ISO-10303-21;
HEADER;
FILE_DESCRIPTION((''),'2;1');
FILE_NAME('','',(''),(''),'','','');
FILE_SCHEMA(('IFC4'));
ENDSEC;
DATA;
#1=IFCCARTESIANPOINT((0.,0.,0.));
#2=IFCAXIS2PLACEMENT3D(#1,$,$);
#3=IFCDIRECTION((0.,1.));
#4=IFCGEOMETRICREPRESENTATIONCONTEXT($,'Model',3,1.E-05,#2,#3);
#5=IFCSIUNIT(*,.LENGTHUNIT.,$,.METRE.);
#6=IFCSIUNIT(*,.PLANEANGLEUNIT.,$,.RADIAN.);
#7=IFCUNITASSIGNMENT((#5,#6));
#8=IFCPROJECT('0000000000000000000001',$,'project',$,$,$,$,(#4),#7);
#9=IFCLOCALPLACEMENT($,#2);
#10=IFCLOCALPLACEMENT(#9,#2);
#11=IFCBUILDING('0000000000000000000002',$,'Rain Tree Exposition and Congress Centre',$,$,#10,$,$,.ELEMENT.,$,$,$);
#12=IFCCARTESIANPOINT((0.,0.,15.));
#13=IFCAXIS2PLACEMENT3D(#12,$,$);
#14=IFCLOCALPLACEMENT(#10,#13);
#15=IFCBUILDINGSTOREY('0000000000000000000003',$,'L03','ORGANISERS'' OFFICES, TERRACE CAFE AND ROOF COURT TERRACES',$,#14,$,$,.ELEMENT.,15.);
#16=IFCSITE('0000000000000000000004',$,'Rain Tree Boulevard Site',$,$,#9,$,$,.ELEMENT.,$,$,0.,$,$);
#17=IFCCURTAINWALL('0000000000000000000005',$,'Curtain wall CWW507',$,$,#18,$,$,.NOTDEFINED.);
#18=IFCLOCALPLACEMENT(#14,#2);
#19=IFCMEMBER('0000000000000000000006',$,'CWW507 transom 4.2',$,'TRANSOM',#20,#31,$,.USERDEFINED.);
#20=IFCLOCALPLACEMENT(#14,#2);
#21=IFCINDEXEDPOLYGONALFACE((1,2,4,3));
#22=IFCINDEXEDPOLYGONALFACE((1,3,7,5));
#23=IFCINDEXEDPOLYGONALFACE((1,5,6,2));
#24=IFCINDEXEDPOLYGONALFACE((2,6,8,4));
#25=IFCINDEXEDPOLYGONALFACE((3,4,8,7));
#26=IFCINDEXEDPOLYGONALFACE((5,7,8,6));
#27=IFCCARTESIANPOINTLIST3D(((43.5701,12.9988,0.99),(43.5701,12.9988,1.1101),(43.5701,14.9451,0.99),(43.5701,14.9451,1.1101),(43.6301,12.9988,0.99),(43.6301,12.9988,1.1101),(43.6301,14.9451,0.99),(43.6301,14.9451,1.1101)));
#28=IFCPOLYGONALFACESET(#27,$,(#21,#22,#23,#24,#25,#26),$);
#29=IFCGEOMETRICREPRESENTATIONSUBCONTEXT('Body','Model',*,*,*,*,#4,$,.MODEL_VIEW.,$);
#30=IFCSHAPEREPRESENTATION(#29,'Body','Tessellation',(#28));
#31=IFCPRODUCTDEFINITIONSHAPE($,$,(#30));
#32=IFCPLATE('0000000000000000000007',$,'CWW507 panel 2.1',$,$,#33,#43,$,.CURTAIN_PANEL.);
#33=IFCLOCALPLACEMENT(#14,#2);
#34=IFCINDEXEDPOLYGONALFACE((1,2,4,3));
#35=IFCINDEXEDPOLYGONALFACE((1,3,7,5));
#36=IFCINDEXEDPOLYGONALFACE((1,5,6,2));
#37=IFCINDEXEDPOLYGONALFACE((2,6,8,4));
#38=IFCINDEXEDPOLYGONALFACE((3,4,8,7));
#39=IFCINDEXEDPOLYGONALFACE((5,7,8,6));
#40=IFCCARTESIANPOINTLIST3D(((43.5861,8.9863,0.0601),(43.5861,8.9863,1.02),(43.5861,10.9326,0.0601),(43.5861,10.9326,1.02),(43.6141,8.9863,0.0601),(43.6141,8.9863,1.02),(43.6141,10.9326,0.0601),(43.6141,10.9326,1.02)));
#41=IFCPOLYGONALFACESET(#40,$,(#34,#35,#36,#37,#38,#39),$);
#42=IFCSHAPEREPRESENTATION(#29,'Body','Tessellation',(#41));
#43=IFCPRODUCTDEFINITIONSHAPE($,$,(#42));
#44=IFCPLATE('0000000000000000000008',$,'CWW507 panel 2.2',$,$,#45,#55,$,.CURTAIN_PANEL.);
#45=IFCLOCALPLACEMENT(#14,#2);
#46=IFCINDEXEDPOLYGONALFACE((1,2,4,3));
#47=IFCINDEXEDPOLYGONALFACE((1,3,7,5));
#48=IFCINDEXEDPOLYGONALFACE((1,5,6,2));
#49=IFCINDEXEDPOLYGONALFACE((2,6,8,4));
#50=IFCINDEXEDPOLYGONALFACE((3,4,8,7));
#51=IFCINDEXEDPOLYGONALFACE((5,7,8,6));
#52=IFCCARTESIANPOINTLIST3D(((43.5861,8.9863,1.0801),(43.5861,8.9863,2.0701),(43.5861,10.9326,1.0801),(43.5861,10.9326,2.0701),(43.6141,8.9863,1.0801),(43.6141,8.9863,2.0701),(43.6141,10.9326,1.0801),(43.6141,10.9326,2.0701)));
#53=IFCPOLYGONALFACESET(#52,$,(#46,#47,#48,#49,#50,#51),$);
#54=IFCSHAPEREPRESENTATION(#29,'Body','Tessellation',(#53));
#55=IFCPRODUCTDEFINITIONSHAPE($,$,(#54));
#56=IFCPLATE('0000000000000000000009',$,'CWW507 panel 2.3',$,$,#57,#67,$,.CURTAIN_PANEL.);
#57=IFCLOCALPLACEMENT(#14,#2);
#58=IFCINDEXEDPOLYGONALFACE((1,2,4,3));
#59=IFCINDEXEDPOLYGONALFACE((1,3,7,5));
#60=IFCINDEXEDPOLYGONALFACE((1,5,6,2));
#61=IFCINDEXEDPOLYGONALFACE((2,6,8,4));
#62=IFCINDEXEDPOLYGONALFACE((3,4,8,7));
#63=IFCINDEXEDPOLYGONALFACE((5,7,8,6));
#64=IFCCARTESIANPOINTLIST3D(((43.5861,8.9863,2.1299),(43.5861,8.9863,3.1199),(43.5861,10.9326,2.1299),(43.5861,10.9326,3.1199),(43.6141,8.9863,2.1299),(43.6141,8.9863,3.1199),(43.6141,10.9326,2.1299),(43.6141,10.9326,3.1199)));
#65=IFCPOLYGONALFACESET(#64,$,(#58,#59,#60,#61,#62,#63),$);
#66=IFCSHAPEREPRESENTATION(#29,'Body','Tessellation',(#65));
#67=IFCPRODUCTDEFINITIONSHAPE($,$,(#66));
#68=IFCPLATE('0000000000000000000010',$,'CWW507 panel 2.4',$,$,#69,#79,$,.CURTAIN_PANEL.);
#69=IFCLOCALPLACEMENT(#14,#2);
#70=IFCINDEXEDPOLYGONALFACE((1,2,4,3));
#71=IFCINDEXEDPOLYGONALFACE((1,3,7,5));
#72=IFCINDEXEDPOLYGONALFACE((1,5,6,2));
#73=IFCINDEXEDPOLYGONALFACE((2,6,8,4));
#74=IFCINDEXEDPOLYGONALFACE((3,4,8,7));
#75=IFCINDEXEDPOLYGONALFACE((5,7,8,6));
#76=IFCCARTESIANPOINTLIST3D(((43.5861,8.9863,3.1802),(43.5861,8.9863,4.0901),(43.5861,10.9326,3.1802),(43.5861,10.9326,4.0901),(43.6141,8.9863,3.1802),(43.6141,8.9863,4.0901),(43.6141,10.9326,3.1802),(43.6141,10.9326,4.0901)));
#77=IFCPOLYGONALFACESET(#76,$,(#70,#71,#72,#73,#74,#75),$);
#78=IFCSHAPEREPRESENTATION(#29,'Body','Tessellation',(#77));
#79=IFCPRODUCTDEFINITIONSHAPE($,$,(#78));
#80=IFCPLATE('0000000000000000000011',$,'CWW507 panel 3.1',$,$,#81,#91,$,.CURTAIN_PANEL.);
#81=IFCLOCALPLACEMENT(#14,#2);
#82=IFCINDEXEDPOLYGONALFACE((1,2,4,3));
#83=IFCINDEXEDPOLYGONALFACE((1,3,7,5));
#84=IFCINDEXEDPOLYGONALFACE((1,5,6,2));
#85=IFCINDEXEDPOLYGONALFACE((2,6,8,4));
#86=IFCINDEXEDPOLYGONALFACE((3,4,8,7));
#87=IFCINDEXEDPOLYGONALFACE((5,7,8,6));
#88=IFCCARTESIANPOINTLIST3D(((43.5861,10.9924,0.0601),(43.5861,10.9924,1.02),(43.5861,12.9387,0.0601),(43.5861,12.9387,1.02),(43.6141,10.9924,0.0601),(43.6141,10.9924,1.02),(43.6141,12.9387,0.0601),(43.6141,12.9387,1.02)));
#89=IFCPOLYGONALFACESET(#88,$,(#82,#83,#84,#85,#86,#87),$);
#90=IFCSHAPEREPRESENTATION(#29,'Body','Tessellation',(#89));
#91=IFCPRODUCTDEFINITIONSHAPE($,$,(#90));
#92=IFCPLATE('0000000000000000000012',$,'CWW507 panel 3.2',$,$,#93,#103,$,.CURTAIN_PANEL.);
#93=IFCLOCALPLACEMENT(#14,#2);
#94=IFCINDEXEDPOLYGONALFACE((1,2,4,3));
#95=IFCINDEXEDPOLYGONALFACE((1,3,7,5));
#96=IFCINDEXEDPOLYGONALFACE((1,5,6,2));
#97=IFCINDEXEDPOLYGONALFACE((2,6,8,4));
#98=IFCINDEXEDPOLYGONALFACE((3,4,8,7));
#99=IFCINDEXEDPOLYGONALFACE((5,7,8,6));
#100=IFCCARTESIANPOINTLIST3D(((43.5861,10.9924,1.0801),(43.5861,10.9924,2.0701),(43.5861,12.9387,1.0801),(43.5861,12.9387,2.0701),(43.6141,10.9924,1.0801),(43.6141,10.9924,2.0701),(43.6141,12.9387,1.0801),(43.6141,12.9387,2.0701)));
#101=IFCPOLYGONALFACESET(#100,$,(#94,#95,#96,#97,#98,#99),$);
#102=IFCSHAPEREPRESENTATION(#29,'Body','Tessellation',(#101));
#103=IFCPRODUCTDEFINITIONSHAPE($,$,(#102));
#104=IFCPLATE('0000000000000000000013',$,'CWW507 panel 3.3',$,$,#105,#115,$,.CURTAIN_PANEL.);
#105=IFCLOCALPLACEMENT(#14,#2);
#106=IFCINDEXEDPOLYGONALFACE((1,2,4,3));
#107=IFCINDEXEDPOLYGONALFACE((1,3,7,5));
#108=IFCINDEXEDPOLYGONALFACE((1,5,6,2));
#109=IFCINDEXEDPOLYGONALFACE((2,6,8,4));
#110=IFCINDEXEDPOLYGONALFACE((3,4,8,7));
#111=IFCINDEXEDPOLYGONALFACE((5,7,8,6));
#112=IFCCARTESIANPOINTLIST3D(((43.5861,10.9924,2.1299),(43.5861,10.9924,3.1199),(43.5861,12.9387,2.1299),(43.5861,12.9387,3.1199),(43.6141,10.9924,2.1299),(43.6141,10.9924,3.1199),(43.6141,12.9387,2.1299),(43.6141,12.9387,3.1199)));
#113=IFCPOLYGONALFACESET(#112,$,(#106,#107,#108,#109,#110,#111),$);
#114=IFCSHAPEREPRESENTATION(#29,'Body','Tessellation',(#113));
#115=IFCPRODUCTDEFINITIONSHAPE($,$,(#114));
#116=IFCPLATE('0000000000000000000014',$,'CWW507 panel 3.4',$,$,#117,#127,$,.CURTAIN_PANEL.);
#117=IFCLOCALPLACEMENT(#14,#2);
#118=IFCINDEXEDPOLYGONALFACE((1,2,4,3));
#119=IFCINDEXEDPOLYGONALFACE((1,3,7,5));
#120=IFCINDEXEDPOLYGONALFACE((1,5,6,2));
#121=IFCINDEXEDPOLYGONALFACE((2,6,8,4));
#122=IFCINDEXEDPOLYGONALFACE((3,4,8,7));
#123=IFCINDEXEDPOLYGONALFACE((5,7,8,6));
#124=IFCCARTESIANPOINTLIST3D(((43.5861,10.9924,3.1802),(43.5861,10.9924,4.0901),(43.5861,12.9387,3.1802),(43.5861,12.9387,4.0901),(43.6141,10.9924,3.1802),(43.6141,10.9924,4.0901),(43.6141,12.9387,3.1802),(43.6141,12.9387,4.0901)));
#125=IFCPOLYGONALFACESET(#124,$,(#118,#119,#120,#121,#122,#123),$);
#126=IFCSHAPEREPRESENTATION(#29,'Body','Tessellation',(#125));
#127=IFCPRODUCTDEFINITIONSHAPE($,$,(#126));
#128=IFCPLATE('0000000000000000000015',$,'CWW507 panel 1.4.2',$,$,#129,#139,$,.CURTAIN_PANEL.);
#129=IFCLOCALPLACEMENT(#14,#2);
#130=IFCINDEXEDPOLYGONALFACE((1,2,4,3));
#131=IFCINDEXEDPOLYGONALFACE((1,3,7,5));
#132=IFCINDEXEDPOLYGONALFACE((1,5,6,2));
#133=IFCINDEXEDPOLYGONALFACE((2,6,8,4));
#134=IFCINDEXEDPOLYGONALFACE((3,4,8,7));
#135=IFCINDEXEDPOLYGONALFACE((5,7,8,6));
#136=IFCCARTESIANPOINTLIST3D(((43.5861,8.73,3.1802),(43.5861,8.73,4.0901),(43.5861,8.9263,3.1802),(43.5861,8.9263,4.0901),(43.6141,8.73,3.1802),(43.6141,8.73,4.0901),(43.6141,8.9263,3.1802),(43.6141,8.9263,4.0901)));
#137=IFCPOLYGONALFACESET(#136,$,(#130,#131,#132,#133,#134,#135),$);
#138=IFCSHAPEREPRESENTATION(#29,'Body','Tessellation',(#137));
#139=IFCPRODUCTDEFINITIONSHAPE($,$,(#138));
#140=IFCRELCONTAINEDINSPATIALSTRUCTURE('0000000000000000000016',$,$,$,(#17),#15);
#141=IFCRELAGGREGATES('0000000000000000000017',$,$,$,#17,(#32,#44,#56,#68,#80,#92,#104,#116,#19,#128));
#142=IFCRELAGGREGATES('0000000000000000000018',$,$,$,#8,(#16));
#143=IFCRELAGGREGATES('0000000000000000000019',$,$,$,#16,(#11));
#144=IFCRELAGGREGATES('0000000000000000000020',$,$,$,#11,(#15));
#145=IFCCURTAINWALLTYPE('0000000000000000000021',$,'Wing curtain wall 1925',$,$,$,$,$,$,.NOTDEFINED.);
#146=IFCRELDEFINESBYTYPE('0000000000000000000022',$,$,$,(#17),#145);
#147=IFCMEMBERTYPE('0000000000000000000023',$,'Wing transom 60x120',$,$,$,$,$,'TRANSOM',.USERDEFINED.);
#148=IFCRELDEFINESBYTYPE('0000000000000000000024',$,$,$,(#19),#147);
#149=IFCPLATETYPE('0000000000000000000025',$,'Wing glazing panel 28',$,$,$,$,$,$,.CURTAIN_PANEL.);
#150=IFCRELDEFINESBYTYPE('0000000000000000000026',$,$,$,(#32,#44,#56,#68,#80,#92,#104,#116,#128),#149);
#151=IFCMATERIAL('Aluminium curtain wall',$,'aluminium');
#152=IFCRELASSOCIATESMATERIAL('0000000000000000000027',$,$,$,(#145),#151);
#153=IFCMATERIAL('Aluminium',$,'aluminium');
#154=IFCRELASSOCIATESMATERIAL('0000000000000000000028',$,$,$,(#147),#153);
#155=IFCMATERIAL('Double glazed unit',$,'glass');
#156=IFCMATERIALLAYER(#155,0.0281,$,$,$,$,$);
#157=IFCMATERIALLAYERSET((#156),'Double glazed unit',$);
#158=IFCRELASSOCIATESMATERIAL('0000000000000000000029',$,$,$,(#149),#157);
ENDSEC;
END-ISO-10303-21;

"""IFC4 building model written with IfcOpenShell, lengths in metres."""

from ifc_helpers import new_model, si_unit, direction, frame, origin, origin_2d, place, context, subcontext, project, spatial, rectangle, extrude, material, layer, layer_set, material_profile, profile_set, type_object, element, aggregate, save


model = new_model("IFC4")

# Units and contexts
model_context = context("Model", 3, precision=1e-05, world=origin(), true_north=direction((0.0, 1.0)))
body_context = subcontext(model_context, "Body", "Model", "MODEL_VIEW")
ifc_project = project(units=[si_unit("LENGTHUNIT", "METRE"), si_unit("PLANEANGLEUNIT", "RADIAN")], contexts=[model_context])

# Site, building, storey
site_placement = place(None, origin())
site = spatial("IfcSite", under=ifc_project, at=site_placement, Name="Rain Tree Boulevard Site", CompositionType="ELEMENT", RefElevation=0.0)
building_placement = place(site_placement, origin())
building = spatial("IfcBuilding", under=site, at=building_placement, Name="Rain Tree Exposition and Congress Centre", CompositionType="ELEMENT")
storey_placement = place(building_placement, frame((0.0, 0.0, 15.0)))
storey = spatial("IfcBuildingStorey", under=building, at=storey_placement, Name="L03", Description="ORGANISERS' OFFICES, TERRACE CAFE AND ROOF COURT TERRACES", CompositionType="ELEMENT", Elevation=15.0)

# Shared definitions
ifc_material_1 = material(Name="Aluminium curtain wall", Category="aluminium")
curtain_wall_type = type_object("IfcCurtainWallType", Name="Wing curtain wall 1925", PredefinedType="NOTDEFINED", material=ifc_material_1)

# Curtain wall, member, plates
curtain_wall_1_placement = place(storey_placement, origin())
curtain_wall_1 = element("IfcCurtainWall", 1, at=curtain_wall_1_placement, inside=storey, type_object=curtain_wall_type, Name="Curtain wall CWW507", PredefinedType="NOTDEFINED")
ifc_material_2 = material(Name="Aluminium", Category="aluminium")
ifc_material_profile_1 = material_profile(ifc_material_2, rectangle(XDim=0.0601, YDim=0.1201, at=origin_2d()), Name="Aluminium 60x120")
ifc_profile_set_1 = profile_set([ifc_material_profile_1], Name="Aluminium")
member_type_1 = type_object("IfcMemberType", Name="Wing transom 60x120", ElementType="TRANSOM", PredefinedType="USERDEFINED", material=ifc_profile_set_1)
member_1_placement = place(storey_placement, frame((43.6001, 12.9988, 1.05), z_axis=(0.0, 1.0, 0.0), x_axis=(-1.0, 0.0, 0.0)))
member_1 = element("IfcMember", 2, at=member_1_placement, type_object=member_type_1, Name="CWW507 transom 4.2", ObjectType="TRANSOM", PredefinedType="USERDEFINED", context=body_context, shape_type="SweptSolid", body=[
    extrude(rectangle(XDim=0.0601, YDim=0.1201, at=origin_2d()), origin(), (0.0, 0.0, 1.0), 1.9463),
])
ifc_material_3 = material(Name="Double glazed unit", Category="glass")
ifc_layer = layer(ifc_material_3, 0.0281)
ifc_layer_set = layer_set([ifc_layer], Name="Double glazed unit")
plate_type = type_object("IfcPlateType", Name="Wing glazing panel 28", PredefinedType="CURTAIN_PANEL", material=ifc_layer_set)
plate_1_placement = place(storey_placement, frame((43.6001, 9.9595, 0.0601), z_axis=(0.0, 0.0, 1.0), x_axis=(0.0, 1.0, 0.0)))
plate_1 = element("IfcPlate", 3, at=plate_1_placement, type_object=plate_type, Name="CWW507 panel 2.1", PredefinedType="CURTAIN_PANEL", context=body_context, shape_type="SweptSolid", body=[
    extrude(rectangle(XDim=1.9463, YDim=0.0281, at=origin_2d()), origin(), (0.0, 0.0, 1.0), 0.96),
])
plate_2_placement = place(storey_placement, frame((43.6001, 9.9595, 1.0801), z_axis=(0.0, 0.0, 1.0), x_axis=(0.0, 1.0, 0.0)))
plate_2 = element("IfcPlate", 4, at=plate_2_placement, type_object=plate_type, Name="CWW507 panel 2.2", PredefinedType="CURTAIN_PANEL", context=body_context, shape_type="SweptSolid", body=[
    extrude(rectangle(XDim=1.9463, YDim=0.0281, at=origin_2d()), origin(), (0.0, 0.0, 1.0), 0.99),
])
plate_3_placement = place(storey_placement, frame((43.6001, 9.9595, 2.1299), z_axis=(0.0, 0.0, 1.0), x_axis=(0.0, 1.0, 0.0)))
plate_3 = element("IfcPlate", 5, at=plate_3_placement, type_object=plate_type, Name="CWW507 panel 2.3", PredefinedType="CURTAIN_PANEL", context=body_context, shape_type="SweptSolid", body=[
    extrude(rectangle(XDim=1.9463, YDim=0.0281, at=origin_2d()), origin(), (0.0, 0.0, 1.0), 0.99),
])
plate_4_placement = place(storey_placement, frame((43.6001, 9.9595, 3.1802), z_axis=(0.0, 0.0, 1.0), x_axis=(0.0, 1.0, 0.0)))
plate_4 = element("IfcPlate", 6, at=plate_4_placement, type_object=plate_type, Name="CWW507 panel 2.4", PredefinedType="CURTAIN_PANEL", context=body_context, shape_type="SweptSolid", body=[
    extrude(rectangle(XDim=1.9463, YDim=0.0281, at=origin_2d()), origin(), (0.0, 0.0, 1.0), 0.9099),
])
plate_5_placement = place(storey_placement, frame((43.6001, 11.9656, 0.0601), z_axis=(0.0, 0.0, 1.0), x_axis=(0.0, 1.0, 0.0)))
plate_5 = element("IfcPlate", 7, at=plate_5_placement, type_object=plate_type, Name="CWW507 panel 3.1", PredefinedType="CURTAIN_PANEL", context=body_context, shape_type="SweptSolid", body=[
    extrude(rectangle(XDim=1.9463, YDim=0.0281, at=origin_2d()), origin(), (0.0, 0.0, 1.0), 0.96),
])
plate_6_placement = place(storey_placement, frame((43.6001, 11.9656, 1.0801), z_axis=(0.0, 0.0, 1.0), x_axis=(0.0, 1.0, 0.0)))
plate_6 = element("IfcPlate", 8, at=plate_6_placement, type_object=plate_type, Name="CWW507 panel 3.2", PredefinedType="CURTAIN_PANEL", context=body_context, shape_type="SweptSolid", body=[
    extrude(rectangle(XDim=1.9463, YDim=0.0281, at=origin_2d()), origin(), (0.0, 0.0, 1.0), 0.99),
])
plate_7_placement = place(storey_placement, frame((43.6001, 11.9656, 2.1299), z_axis=(0.0, 0.0, 1.0), x_axis=(0.0, 1.0, 0.0)))
plate_7 = element("IfcPlate", 9, at=plate_7_placement, type_object=plate_type, Name="CWW507 panel 3.3", PredefinedType="CURTAIN_PANEL", context=body_context, shape_type="SweptSolid", body=[
    extrude(rectangle(XDim=1.9463, YDim=0.0281, at=origin_2d()), origin(), (0.0, 0.0, 1.0), 0.99),
])
plate_8_placement = place(storey_placement, frame((43.6001, 11.9656, 3.1802), z_axis=(0.0, 0.0, 1.0), x_axis=(0.0, 1.0, 0.0)))
plate_8 = element("IfcPlate", 10, at=plate_8_placement, type_object=plate_type, Name="CWW507 panel 3.4", PredefinedType="CURTAIN_PANEL", context=body_context, shape_type="SweptSolid", body=[
    extrude(rectangle(XDim=1.9463, YDim=0.0281, at=origin_2d()), origin(), (0.0, 0.0, 1.0), 0.9099),
])
plate_9_placement = place(storey_placement, frame((43.6001, 8.8281, 3.1802), z_axis=(0.0, 0.0, 1.0), x_axis=(0.0, 1.0, 0.0)))
plate_9 = element("IfcPlate", 11, at=plate_9_placement, type_object=plate_type, Name="CWW507 panel 1.4.2", PredefinedType="CURTAIN_PANEL", context=body_context, shape_type="SweptSolid", body=[
    extrude(rectangle(XDim=0.1963, YDim=0.0281, at=origin_2d()), origin(), (0.0, 0.0, 1.0), 0.9099),
])
aggregate(curtain_wall_1, [plate_1, plate_2, plate_3, plate_4, plate_5, plate_6, plate_7, plate_8, member_1, plate_9])

save(model, "model.ifc")
